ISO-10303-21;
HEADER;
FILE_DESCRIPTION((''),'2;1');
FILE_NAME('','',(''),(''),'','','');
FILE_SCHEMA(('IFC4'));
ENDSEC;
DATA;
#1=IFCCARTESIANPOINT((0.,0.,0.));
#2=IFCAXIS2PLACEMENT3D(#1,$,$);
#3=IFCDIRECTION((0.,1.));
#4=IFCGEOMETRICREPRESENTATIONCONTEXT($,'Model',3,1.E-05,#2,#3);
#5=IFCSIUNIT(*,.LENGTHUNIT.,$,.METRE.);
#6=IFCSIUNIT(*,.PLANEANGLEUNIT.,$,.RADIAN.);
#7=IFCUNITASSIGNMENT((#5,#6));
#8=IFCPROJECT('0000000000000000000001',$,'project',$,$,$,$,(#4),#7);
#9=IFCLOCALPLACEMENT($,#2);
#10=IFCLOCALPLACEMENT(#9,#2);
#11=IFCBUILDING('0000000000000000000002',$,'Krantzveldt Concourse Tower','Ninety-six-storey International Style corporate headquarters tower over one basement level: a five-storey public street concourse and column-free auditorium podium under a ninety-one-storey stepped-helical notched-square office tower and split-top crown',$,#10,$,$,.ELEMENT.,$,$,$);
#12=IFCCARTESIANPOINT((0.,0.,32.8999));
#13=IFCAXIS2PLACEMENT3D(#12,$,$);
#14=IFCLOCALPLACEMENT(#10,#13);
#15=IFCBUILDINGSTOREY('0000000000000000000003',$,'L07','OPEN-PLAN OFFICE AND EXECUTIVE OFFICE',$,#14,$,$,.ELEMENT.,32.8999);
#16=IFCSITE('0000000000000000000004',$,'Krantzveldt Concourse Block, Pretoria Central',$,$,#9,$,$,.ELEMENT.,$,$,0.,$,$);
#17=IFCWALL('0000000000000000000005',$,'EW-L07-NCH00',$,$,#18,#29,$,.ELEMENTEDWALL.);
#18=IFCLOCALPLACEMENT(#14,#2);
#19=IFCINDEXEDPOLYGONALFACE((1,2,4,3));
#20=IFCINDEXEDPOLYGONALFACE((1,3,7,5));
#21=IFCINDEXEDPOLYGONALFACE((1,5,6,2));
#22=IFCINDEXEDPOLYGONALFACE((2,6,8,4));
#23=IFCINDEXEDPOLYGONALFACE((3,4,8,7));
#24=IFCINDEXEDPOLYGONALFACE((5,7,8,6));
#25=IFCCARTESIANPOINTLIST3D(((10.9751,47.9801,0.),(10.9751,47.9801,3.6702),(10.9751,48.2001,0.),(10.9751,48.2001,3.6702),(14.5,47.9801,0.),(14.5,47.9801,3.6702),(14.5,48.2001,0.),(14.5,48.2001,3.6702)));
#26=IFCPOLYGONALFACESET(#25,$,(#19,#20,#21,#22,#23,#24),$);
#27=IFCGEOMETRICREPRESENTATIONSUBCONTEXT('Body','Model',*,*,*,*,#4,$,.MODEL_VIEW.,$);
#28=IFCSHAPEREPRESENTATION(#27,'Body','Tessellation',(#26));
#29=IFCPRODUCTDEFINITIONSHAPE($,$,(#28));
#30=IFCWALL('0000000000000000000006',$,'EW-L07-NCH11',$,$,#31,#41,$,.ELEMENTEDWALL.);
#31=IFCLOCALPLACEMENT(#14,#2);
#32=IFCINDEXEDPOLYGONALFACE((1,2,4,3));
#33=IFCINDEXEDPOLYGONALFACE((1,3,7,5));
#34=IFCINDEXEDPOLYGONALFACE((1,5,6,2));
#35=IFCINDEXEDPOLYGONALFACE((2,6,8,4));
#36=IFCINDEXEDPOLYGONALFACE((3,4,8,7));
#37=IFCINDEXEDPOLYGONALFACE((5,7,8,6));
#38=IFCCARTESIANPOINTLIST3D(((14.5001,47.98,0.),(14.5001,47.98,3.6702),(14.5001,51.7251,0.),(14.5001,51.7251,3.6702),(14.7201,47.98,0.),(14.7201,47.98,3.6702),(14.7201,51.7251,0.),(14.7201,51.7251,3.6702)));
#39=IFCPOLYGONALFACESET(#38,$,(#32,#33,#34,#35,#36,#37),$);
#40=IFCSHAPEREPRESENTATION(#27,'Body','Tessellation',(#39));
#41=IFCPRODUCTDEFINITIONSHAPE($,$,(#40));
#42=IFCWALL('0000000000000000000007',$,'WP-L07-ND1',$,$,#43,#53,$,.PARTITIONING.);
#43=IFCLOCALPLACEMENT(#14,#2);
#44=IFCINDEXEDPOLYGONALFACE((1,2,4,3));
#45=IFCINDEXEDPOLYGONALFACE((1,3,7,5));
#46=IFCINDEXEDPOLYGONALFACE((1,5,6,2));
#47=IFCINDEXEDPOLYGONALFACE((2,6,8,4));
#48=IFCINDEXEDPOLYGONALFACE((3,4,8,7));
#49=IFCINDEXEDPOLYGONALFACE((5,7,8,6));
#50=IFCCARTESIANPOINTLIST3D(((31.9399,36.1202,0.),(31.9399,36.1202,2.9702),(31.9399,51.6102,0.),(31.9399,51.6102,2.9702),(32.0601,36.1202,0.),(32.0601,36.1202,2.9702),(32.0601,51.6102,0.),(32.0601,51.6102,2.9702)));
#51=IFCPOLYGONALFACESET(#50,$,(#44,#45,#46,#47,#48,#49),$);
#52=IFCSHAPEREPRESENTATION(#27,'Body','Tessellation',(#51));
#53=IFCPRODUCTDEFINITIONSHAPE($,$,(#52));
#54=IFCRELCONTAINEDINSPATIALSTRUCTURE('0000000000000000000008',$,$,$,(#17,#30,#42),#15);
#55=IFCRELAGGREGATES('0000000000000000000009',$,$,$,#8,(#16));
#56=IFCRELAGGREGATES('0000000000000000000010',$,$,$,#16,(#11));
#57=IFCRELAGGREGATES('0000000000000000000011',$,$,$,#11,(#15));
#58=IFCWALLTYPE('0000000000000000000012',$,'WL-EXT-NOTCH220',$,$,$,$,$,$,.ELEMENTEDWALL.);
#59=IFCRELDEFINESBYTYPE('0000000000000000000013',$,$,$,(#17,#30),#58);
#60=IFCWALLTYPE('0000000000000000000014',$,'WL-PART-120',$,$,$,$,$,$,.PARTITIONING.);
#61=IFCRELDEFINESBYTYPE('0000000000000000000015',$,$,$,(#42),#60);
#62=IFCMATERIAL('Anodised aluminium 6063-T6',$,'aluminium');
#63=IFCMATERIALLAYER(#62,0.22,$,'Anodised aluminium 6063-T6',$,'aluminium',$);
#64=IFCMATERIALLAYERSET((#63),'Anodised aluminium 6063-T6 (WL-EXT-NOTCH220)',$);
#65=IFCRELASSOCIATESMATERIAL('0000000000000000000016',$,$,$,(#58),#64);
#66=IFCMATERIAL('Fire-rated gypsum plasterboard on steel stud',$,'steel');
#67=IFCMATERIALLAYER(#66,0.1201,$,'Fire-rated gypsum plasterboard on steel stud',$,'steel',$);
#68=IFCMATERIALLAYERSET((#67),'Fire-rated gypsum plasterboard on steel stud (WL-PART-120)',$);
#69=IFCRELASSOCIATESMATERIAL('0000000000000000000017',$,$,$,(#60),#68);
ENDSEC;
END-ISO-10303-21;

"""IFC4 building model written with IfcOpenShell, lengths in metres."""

from ifc_helpers import new_model, si_unit, direction, frame, frame_2d, origin, place, context, subcontext, project, spatial, rectangle, extrude, material, layer, layer_set, type_object, element, save


model = new_model("IFC4")

# Units and contexts
model_context = context("Model", 3, precision=1e-05, world=origin(), true_north=direction((0.0, 1.0)))
body_context = subcontext(model_context, "Body", "Model", "MODEL_VIEW")
ifc_project = project(units=[si_unit("LENGTHUNIT", "METRE"), si_unit("PLANEANGLEUNIT", "RADIAN")], contexts=[model_context])

# Site, building, storey
site_placement = place(None, origin())
site = spatial("IfcSite", under=ifc_project, at=site_placement, Name="Krantzveldt Concourse Block, Pretoria Central", CompositionType="ELEMENT", RefElevation=0.0)
building_placement = place(site_placement, origin())
building = spatial("IfcBuilding", under=site, at=building_placement, Name="Krantzveldt Concourse Tower", Description="Ninety-six-storey International Style corporate headquarters tower over one basement level: a five-storey public street concourse and column-free auditorium podium under a ninety-one-storey stepped-helical notched-square office tower and split-top crown", CompositionType="ELEMENT")
storey_placement = place(building_placement, frame((0.0, 0.0, 32.8999)))
storey = spatial("IfcBuildingStorey", under=building, at=storey_placement, Name="L07", Description="OPEN-PLAN OFFICE AND EXECUTIVE OFFICE", CompositionType="ELEMENT", Elevation=32.8999)

# Shared definitions
ifc_material_1 = material(Name="Anodised aluminium 6063-T6", Category="aluminium")

# Walls
ifc_layer_1 = layer(ifc_material_1, 0.22, Name="Anodised aluminium 6063-T6", Category="aluminium")
ifc_layer_set_1 = layer_set([ifc_layer_1], Name="Anodised aluminium 6063-T6 (WL-EXT-NOTCH220)")
wall_type_1 = type_object("IfcWallType", Name="WL-EXT-NOTCH220", PredefinedType="ELEMENTEDWALL", material=ifc_layer_set_1)
wall_1_placement = place(storey_placement, frame((14.5, 48.0901, 0.0), z_axis=(0.0, 0.0, 1.0), x_axis=(-1.0, 0.0, 0.0)))
element("IfcWall", 1, at=wall_1_placement, inside=storey, type_object=wall_type_1, Name="EW-L07-NCH00", PredefinedType="ELEMENTEDWALL", context=body_context, shape_type="SweptSolid", body=[
    extrude(rectangle(XDim=3.5249, YDim=0.22, at=frame_2d((1.7625, 0.0))), origin(), (0.0, 0.0, 1.0), 3.6702),
])
wall_2_placement = place(storey_placement, frame((14.6101, 51.7251, 0.0), z_axis=(0.0, 0.0, 1.0), x_axis=(0.0, -1.0, 0.0)))
element("IfcWall", 2, at=wall_2_placement, inside=storey, type_object=wall_type_1, Name="EW-L07-NCH11", PredefinedType="ELEMENTEDWALL", context=body_context, shape_type="SweptSolid", body=[
    extrude(rectangle(XDim=3.7451, YDim=0.22, at=frame_2d((1.8726, 0.0))), origin(), (0.0, 0.0, 1.0), 3.6702),
])
ifc_material_2 = material(Name="Fire-rated gypsum plasterboard on steel stud", Category="steel")
ifc_layer_2 = layer(ifc_material_2, 0.1201, Name="Fire-rated gypsum plasterboard on steel stud", Category="steel")
ifc_layer_set_2 = layer_set([ifc_layer_2], Name="Fire-rated gypsum plasterboard on steel stud (WL-PART-120)")
wall_type_2 = type_object("IfcWallType", Name="WL-PART-120", PredefinedType="PARTITIONING", material=ifc_layer_set_2)
wall_3_placement = place(storey_placement, frame((32.0, 36.1201, 0.0), z_axis=(0.0, 0.0, 1.0), x_axis=(0.0, 1.0, 0.0)))
element("IfcWall", 3, at=wall_3_placement, inside=storey, type_object=wall_type_2, Name="WP-L07-ND1", PredefinedType="PARTITIONING", context=body_context, shape_type="SweptSolid", body=[
    extrude(rectangle(XDim=15.49, YDim=0.1201, at=frame_2d((7.7451, 0.0))), origin(), (0.0, 0.0, 1.0), 2.9702),
])

save(model, "model.ifc")
